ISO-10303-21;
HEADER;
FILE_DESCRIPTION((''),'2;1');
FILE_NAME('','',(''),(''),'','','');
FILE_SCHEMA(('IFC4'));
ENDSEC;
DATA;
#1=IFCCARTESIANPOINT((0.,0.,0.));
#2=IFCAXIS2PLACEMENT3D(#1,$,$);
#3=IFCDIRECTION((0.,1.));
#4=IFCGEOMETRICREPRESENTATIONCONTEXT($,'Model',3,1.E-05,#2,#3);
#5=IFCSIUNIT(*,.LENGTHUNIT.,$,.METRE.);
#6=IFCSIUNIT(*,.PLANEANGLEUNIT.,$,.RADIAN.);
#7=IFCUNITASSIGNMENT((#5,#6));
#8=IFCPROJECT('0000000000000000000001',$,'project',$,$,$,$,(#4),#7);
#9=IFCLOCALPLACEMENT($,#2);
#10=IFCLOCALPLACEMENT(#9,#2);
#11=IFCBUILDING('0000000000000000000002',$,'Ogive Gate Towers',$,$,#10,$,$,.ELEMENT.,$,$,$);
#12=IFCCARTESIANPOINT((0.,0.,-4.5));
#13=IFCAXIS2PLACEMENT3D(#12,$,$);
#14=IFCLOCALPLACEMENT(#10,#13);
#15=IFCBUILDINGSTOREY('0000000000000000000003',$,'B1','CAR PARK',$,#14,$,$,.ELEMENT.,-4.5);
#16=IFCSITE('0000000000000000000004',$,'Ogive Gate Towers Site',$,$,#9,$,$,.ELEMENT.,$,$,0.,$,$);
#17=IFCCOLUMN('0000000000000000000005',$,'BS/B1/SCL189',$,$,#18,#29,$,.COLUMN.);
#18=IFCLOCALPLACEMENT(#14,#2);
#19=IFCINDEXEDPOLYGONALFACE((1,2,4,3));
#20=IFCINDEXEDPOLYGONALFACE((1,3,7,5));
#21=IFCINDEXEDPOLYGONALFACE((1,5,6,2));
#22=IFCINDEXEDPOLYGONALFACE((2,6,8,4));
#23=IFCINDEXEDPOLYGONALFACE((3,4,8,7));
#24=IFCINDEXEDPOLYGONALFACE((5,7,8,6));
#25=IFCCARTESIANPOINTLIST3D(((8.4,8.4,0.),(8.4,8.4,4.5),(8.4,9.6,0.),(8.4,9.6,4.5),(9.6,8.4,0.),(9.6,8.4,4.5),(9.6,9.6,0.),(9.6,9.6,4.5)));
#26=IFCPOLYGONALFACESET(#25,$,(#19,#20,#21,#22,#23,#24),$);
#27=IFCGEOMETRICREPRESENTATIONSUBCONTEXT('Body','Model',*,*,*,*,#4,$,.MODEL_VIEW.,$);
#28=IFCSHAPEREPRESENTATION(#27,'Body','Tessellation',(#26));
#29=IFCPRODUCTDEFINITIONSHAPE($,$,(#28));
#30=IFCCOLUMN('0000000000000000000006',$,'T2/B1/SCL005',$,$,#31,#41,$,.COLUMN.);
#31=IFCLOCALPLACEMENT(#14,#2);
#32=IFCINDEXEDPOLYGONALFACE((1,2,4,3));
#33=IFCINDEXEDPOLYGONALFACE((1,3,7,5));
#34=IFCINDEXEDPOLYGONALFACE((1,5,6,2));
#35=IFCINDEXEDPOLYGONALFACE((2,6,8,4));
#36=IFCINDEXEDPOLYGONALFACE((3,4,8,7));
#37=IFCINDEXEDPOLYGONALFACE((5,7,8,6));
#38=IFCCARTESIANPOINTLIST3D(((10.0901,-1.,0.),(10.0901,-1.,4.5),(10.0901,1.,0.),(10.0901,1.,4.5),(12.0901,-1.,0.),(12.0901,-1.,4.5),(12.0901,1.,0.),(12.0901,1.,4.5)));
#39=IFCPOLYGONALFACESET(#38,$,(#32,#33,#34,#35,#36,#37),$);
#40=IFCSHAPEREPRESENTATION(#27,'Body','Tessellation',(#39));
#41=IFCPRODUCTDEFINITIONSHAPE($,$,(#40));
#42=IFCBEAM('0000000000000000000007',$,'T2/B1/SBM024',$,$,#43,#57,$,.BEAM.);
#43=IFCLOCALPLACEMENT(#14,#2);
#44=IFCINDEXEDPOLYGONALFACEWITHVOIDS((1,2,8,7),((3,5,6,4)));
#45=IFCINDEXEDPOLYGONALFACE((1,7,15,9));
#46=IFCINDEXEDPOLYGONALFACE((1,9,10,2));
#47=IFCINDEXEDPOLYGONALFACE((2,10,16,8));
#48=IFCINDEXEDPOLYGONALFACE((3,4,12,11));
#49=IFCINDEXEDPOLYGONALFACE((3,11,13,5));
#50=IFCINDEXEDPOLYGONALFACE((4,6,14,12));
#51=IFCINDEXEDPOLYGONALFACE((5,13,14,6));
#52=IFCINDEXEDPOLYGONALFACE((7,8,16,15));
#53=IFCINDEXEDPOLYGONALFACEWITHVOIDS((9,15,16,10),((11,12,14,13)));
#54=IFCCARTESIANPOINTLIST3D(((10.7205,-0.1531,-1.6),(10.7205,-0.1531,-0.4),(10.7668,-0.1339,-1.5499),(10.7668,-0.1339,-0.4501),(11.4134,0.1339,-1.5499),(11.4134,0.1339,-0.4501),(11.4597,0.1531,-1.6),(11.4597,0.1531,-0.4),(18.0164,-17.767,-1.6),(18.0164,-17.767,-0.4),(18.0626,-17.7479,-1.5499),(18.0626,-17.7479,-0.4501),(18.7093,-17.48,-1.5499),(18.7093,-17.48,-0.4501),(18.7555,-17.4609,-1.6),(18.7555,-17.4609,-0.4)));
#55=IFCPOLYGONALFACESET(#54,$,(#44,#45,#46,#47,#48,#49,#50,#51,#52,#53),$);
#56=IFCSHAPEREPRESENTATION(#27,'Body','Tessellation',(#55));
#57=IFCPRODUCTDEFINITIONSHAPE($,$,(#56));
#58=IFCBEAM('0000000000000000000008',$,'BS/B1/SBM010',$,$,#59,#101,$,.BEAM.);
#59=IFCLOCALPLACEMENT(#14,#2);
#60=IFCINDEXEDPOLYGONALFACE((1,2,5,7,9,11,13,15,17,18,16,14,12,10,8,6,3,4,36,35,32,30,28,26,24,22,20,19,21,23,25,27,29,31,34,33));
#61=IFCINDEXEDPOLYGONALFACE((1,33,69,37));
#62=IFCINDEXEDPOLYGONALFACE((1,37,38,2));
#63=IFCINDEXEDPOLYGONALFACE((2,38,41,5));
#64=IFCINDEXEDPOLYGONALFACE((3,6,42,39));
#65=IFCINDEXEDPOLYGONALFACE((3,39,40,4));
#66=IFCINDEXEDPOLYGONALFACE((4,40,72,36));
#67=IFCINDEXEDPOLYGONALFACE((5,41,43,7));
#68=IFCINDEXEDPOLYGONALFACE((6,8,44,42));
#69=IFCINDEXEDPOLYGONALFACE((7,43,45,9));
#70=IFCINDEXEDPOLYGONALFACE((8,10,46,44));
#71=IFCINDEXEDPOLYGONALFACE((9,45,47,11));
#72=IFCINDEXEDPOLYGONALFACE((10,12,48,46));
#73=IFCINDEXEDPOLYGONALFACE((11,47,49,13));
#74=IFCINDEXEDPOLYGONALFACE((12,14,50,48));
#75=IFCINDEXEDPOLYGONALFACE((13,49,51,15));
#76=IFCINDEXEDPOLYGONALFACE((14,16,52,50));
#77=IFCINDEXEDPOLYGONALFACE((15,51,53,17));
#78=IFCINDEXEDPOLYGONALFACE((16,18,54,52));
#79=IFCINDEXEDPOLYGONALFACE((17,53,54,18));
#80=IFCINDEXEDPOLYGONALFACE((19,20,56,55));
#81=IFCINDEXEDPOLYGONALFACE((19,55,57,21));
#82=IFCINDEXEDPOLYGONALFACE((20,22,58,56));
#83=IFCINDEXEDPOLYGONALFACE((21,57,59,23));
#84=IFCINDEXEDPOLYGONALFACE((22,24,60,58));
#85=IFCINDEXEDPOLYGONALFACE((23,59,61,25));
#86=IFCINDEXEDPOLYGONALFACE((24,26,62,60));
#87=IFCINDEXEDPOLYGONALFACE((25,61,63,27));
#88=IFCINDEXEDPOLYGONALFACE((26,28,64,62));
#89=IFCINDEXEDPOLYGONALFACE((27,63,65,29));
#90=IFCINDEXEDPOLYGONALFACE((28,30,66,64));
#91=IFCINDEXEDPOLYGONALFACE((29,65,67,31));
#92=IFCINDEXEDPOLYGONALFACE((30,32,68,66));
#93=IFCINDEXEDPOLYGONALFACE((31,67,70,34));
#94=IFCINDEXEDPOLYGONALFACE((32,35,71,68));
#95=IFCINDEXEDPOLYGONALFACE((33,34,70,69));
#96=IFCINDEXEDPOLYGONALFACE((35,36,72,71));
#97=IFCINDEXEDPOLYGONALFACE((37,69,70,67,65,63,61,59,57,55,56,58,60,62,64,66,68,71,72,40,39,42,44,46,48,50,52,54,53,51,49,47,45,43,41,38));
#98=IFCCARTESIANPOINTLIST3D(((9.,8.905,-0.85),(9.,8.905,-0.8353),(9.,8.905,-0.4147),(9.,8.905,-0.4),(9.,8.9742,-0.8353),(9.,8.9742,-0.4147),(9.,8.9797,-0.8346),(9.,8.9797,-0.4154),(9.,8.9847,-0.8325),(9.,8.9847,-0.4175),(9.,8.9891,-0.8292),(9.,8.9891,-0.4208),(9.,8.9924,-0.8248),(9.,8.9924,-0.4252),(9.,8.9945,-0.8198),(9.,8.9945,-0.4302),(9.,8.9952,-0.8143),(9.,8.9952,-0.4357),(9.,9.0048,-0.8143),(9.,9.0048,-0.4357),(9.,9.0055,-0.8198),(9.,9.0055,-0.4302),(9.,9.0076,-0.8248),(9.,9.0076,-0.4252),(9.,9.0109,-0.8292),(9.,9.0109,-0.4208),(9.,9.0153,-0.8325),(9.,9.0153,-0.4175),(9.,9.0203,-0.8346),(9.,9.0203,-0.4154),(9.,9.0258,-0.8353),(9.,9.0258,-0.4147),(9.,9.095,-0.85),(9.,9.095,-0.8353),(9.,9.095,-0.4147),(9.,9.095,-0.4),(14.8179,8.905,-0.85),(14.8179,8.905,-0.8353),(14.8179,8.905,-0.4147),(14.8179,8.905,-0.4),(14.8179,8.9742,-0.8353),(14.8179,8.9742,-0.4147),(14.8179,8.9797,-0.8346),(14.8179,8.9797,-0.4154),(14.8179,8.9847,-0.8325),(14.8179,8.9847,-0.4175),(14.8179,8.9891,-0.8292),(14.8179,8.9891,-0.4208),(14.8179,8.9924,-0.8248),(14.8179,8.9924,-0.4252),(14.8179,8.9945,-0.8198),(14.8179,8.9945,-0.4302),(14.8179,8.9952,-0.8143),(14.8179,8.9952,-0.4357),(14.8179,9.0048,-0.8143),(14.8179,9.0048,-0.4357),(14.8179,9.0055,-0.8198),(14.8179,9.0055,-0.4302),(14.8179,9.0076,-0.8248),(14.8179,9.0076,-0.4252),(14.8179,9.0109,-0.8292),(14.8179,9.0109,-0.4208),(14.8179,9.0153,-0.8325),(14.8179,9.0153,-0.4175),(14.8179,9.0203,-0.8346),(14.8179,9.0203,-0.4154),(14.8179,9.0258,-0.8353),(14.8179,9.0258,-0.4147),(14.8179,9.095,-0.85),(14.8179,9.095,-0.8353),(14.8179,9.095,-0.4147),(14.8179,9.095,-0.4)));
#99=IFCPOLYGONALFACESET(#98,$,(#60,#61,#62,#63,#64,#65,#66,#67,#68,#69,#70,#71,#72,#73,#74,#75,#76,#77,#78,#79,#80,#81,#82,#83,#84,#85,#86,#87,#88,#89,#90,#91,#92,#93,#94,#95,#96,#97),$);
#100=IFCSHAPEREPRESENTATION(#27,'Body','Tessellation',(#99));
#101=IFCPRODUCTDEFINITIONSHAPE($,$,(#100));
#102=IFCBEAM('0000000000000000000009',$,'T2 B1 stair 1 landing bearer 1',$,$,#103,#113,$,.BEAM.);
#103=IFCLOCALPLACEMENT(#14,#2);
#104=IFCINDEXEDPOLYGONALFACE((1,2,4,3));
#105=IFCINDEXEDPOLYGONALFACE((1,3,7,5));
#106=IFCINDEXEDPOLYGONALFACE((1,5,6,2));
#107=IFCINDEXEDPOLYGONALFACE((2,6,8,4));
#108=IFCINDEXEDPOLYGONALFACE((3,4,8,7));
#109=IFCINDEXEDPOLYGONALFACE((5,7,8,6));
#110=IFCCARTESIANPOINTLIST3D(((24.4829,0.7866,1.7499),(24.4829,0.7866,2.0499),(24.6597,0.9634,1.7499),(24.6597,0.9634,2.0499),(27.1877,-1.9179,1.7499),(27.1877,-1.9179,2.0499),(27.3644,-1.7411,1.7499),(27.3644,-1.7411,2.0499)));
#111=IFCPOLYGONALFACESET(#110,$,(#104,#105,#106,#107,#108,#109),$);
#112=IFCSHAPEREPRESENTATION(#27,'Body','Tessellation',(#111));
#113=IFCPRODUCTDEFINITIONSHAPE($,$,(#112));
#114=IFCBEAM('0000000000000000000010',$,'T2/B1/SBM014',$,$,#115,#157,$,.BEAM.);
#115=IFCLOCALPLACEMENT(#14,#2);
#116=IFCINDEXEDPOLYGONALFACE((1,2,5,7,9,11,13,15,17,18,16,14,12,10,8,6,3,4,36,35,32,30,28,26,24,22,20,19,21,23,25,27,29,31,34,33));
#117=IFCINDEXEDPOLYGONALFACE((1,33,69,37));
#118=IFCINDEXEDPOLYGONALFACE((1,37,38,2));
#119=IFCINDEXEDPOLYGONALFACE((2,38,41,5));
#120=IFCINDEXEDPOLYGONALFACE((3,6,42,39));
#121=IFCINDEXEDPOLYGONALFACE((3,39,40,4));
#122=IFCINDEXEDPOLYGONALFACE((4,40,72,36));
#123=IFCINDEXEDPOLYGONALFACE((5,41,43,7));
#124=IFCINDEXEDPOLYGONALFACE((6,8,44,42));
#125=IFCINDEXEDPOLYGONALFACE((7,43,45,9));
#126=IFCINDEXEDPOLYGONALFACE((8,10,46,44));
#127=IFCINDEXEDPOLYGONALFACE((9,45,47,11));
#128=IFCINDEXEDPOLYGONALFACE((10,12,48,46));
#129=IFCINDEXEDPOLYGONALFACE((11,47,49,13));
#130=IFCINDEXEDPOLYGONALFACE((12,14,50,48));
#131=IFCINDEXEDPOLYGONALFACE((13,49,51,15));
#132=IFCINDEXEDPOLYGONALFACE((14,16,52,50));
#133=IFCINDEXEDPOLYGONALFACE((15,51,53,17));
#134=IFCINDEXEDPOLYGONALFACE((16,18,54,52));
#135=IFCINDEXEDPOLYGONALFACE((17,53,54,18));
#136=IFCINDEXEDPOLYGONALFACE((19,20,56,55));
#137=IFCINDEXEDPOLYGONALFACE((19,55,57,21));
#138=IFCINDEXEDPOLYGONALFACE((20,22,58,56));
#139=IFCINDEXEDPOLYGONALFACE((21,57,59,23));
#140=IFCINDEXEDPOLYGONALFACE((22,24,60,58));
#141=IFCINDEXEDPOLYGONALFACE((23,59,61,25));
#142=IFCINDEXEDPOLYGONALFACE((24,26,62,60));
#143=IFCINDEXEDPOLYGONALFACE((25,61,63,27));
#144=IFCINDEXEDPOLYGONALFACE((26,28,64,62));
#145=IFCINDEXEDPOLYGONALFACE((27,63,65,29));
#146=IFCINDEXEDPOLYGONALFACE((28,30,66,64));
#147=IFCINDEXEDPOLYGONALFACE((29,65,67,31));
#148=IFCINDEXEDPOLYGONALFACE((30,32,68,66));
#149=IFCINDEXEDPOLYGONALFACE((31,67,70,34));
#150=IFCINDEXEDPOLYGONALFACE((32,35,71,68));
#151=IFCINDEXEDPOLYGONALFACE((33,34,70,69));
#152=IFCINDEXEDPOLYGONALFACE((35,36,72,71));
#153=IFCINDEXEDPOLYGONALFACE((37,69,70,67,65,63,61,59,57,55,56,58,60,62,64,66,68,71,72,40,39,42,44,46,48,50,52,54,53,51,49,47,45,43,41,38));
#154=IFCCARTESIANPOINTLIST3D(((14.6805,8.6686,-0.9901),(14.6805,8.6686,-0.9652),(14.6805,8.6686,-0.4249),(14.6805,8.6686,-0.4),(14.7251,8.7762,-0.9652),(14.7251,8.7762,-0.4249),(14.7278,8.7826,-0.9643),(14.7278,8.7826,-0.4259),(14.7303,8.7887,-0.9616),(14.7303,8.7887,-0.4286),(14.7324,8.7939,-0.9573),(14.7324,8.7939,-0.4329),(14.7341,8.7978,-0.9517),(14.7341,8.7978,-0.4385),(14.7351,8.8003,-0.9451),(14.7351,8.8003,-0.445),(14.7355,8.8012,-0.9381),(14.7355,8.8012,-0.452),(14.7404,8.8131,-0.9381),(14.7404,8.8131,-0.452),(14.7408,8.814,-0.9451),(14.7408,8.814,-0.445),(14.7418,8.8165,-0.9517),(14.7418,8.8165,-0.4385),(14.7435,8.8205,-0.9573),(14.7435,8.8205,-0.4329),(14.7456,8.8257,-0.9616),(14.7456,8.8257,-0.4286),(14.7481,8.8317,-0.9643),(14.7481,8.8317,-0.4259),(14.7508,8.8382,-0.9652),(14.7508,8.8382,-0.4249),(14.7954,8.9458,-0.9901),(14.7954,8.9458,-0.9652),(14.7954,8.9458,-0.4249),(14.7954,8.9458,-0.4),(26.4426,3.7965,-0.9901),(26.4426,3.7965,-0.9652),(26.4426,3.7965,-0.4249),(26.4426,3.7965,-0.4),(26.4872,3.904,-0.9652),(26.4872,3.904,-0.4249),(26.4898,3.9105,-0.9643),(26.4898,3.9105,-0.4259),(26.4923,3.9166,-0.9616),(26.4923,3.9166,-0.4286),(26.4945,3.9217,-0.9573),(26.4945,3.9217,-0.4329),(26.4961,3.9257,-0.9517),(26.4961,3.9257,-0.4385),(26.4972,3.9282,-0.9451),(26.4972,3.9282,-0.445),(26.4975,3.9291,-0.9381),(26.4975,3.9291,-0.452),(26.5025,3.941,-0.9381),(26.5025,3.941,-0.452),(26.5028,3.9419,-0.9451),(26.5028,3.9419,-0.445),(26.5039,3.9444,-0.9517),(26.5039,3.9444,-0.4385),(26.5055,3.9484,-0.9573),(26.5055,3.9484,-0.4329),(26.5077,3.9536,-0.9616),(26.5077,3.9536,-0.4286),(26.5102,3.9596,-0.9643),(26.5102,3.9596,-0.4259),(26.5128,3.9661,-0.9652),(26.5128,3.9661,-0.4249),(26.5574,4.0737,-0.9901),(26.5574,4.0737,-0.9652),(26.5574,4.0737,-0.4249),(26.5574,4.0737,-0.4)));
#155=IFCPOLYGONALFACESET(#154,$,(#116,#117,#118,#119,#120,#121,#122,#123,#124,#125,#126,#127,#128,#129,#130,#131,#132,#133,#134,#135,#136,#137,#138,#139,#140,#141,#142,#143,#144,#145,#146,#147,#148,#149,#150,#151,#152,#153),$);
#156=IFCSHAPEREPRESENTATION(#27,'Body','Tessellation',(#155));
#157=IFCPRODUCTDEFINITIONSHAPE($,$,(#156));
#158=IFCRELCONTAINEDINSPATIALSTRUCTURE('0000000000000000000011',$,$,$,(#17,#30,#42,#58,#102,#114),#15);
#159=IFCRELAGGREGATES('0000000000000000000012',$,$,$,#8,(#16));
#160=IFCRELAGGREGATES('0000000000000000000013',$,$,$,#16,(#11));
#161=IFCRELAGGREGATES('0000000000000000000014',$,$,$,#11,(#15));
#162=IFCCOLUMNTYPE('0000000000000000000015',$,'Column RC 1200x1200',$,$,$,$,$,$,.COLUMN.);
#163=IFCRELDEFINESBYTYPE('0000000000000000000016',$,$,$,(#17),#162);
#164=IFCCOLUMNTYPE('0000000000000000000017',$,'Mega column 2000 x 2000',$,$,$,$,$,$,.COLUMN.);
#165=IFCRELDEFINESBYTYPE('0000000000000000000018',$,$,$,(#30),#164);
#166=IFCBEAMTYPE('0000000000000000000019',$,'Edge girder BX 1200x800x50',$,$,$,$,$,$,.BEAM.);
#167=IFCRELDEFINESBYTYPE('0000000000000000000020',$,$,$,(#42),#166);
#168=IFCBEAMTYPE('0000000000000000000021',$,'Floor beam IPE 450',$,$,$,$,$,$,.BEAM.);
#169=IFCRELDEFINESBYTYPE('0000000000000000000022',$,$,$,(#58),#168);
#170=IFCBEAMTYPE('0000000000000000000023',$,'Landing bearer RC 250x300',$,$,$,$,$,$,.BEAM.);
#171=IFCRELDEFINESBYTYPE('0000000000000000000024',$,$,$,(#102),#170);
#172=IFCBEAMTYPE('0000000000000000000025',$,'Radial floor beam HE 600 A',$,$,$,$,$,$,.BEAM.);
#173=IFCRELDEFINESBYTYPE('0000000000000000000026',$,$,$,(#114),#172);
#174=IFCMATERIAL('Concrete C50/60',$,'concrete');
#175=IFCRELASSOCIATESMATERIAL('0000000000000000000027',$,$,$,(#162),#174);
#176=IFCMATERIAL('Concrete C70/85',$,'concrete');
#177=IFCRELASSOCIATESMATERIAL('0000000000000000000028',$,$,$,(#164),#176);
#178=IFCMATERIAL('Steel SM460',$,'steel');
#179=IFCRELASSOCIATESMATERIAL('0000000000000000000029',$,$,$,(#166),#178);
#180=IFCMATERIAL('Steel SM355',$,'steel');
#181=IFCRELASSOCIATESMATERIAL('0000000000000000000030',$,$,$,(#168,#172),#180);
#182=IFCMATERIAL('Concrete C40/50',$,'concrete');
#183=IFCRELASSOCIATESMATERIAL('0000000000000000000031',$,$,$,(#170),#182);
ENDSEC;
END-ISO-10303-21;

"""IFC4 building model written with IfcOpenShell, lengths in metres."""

from ifc_helpers import new_model, si_unit, direction, frame, origin, origin_2d, place, context, subcontext, project, spatial, rectangle, hollow_rectangle, i_section, extrude, material, material_profile, profile_set, type_object, element, save


model = new_model("IFC4")

# Units and contexts
model_context = context("Model", 3, precision=1e-05, world=origin(), true_north=direction((0.0, 1.0)))
body_context = subcontext(model_context, "Body", "Model", "MODEL_VIEW")
ifc_project = project(units=[si_unit("LENGTHUNIT", "METRE"), si_unit("PLANEANGLEUNIT", "RADIAN")], contexts=[model_context])

# Site, building, storey
site_placement = place(None, origin())
site = spatial("IfcSite", under=ifc_project, at=site_placement, Name="Ogive Gate Towers Site", CompositionType="ELEMENT", RefElevation=0.0)
building_placement = place(site_placement, origin())
building = spatial("IfcBuilding", under=site, at=building_placement, Name="Ogive Gate Towers", CompositionType="ELEMENT")
storey_placement = place(building_placement, frame((0.0, 0.0, -4.5)))
storey = spatial("IfcBuildingStorey", under=building, at=storey_placement, Name="B1", Description="CAR PARK", CompositionType="ELEMENT", Elevation=-4.5)

# Columns
ifc_material_1 = material(Name="Concrete C50/60", Category="concrete")
ifc_material_profile_1 = material_profile(ifc_material_1, rectangle(XDim=1.2, YDim=1.2, at=origin_2d()), Name="RC 1200x1200")
ifc_profile_set_1 = profile_set([ifc_material_profile_1], Name="Concrete C50/60")
column_type_1 = type_object("IfcColumnType", Name="Column RC 1200x1200", PredefinedType="COLUMN", material=ifc_profile_set_1)
column_1_placement = place(storey_placement, frame((9.0, 9.0, 0.0), z_axis=(0.0, 0.0, 1.0), x_axis=(1.0, 0.0, 0.0)))
element("IfcColumn", 1, at=column_1_placement, inside=storey, type_object=column_type_1, Name="BS/B1/SCL189", PredefinedType="COLUMN", context=body_context, shape_type="SweptSolid", body=[
    extrude(rectangle(XDim=1.2, YDim=1.2, at=origin_2d()), origin(), (0.0, 0.0, 1.0), 4.5),
])
ifc_material_2 = material(Name="Concrete C70/85", Category="concrete")
ifc_material_profile_2 = material_profile(ifc_material_2, rectangle(XDim=2.0, YDim=2.0, at=origin_2d()), Name="RC 2000x2000")
ifc_profile_set_2 = profile_set([ifc_material_profile_2], Name="Concrete C70/85")
column_type_2 = type_object("IfcColumnType", Name="Mega column 2000 x 2000", PredefinedType="COLUMN", material=ifc_profile_set_2)
column_2_placement = place(storey_placement, frame((11.0901, 0.0, 0.0), z_axis=(0.0, 0.0, 1.0), x_axis=(-1.0, 0.0, 0.0)))
element("IfcColumn", 2, at=column_2_placement, inside=storey, type_object=column_type_2, Name="T2/B1/SCL005", PredefinedType="COLUMN", context=body_context, shape_type="SweptSolid", body=[
    extrude(rectangle(XDim=2.0, YDim=2.0, at=origin_2d()), origin(), (0.0, 0.0, 1.0), 4.5),
])

# Beams
ifc_material_3 = material(Name="Steel SM460", Category="steel")
ifc_material_profile_3 = material_profile(ifc_material_3, hollow_rectangle(XDim=0.8, YDim=1.2, WallThickness=0.05, at=origin_2d()), Name="BX 1200x800x50")
ifc_profile_set_3 = profile_set([ifc_material_profile_3], Name="Steel SM460")
beam_type_1 = type_object("IfcBeamType", Name="Edge girder BX 1200x800x50", PredefinedType="BEAM", material=ifc_profile_set_3)
beam_1_placement = place(storey_placement, frame((11.0901, 0.0, -1.0), z_axis=(0.382681, -0.923881, 0.0), x_axis=(0.923881, 0.382681, 0.0)))
element("IfcBeam", 3, at=beam_1_placement, inside=storey, type_object=beam_type_1, Name="T2/B1/SBM024", PredefinedType="BEAM", context=body_context, shape_type="SweptSolid", body=[
    extrude(hollow_rectangle(XDim=0.8, YDim=1.2, WallThickness=0.05, at=origin_2d()), origin(), (0.0, 0.0, 1.0), 19.0652),
])
ifc_material_4 = material(Name="Steel SM355", Category="steel")
ifc_material_profile_4 = material_profile(ifc_material_4, i_section(OverallWidth=0.1899, OverallDepth=0.45, WebThickness=0.0095, FlangeThickness=0.0146, FilletRadius=0.021, at=origin_2d()), Name="IPE 450")
ifc_profile_set_4 = profile_set([ifc_material_profile_4], Name="Steel SM355")
beam_type_2 = type_object("IfcBeamType", Name="Floor beam IPE 450", PredefinedType="BEAM", material=ifc_profile_set_4)
beam_2_placement = place(storey_placement, frame((9.0, 9.0, -0.625), z_axis=(1.0, 0.0, 0.0), x_axis=(0.0, 1.0, 0.0)))
element("IfcBeam", 4, at=beam_2_placement, inside=storey, type_object=beam_type_2, Name="BS/B1/SBM010", PredefinedType="BEAM", context=body_context, shape_type="SweptSolid", body=[
    extrude(i_section(OverallWidth=0.1899, OverallDepth=0.45, WebThickness=0.0095, FlangeThickness=0.0146, FilletRadius=0.021, at=origin_2d()), origin(), (0.0, 0.0, 1.0), 5.8179),
])
ifc_material_5 = material(Name="Concrete C40/50", Category="concrete")
ifc_material_profile_5 = material_profile(ifc_material_5, rectangle(XDim=0.25, YDim=0.3, at=origin_2d()), Name="RC 250x300")
ifc_profile_set_5 = profile_set([ifc_material_profile_5], Name="Concrete C40/50")
beam_type_3 = type_object("IfcBeamType", Name="Landing bearer RC 250x300", PredefinedType="BEAM", material=ifc_profile_set_5)
beam_3_placement = place(storey_placement, frame((24.5713, 0.875, 1.8999), z_axis=(0.707139, -0.707075, 0.0), x_axis=(0.707075, 0.707139, 0.0)))
element("IfcBeam", 5, at=beam_3_placement, inside=storey, type_object=beam_type_3, Name="T2 B1 stair 1 landing bearer 1", PredefinedType="BEAM", context=body_context, shape_type="SweptSolid", body=[
    extrude(rectangle(XDim=0.25, YDim=0.3, at=origin_2d()), origin(), (0.0, 0.0, 1.0), 3.825),
])
ifc_material_profile_6 = material_profile(ifc_material_4, i_section(OverallWidth=0.3, OverallDepth=0.5901, WebThickness=0.0129, FlangeThickness=0.0249, FilletRadius=0.0271, at=origin_2d()), Name="HE 600 A")
ifc_profile_set_6 = profile_set([ifc_material_profile_6], Name="Steel SM355")
beam_type_4 = type_object("IfcBeamType", Name="Radial floor beam HE 600 A", PredefinedType="BEAM", material=ifc_profile_set_6)
beam_4_placement = place(storey_placement, frame((26.5, 3.9351, -0.6951), z_axis=(-0.923877, 0.382691, 0.0), x_axis=(-0.382691, -0.923877, 0.0)))
element("IfcBeam", 6, at=beam_4_placement, inside=storey, type_object=beam_type_4, Name="T2/B1/SBM014", PredefinedType="BEAM", context=body_context, shape_type="SweptSolid", body=[
    extrude(i_section(OverallWidth=0.3, OverallDepth=0.5901, WebThickness=0.0129, FlangeThickness=0.0249, FilletRadius=0.0271, at=origin_2d()), origin(), (0.0, 0.0, 1.0), 12.7312),
])

save(model, "model.ifc")
